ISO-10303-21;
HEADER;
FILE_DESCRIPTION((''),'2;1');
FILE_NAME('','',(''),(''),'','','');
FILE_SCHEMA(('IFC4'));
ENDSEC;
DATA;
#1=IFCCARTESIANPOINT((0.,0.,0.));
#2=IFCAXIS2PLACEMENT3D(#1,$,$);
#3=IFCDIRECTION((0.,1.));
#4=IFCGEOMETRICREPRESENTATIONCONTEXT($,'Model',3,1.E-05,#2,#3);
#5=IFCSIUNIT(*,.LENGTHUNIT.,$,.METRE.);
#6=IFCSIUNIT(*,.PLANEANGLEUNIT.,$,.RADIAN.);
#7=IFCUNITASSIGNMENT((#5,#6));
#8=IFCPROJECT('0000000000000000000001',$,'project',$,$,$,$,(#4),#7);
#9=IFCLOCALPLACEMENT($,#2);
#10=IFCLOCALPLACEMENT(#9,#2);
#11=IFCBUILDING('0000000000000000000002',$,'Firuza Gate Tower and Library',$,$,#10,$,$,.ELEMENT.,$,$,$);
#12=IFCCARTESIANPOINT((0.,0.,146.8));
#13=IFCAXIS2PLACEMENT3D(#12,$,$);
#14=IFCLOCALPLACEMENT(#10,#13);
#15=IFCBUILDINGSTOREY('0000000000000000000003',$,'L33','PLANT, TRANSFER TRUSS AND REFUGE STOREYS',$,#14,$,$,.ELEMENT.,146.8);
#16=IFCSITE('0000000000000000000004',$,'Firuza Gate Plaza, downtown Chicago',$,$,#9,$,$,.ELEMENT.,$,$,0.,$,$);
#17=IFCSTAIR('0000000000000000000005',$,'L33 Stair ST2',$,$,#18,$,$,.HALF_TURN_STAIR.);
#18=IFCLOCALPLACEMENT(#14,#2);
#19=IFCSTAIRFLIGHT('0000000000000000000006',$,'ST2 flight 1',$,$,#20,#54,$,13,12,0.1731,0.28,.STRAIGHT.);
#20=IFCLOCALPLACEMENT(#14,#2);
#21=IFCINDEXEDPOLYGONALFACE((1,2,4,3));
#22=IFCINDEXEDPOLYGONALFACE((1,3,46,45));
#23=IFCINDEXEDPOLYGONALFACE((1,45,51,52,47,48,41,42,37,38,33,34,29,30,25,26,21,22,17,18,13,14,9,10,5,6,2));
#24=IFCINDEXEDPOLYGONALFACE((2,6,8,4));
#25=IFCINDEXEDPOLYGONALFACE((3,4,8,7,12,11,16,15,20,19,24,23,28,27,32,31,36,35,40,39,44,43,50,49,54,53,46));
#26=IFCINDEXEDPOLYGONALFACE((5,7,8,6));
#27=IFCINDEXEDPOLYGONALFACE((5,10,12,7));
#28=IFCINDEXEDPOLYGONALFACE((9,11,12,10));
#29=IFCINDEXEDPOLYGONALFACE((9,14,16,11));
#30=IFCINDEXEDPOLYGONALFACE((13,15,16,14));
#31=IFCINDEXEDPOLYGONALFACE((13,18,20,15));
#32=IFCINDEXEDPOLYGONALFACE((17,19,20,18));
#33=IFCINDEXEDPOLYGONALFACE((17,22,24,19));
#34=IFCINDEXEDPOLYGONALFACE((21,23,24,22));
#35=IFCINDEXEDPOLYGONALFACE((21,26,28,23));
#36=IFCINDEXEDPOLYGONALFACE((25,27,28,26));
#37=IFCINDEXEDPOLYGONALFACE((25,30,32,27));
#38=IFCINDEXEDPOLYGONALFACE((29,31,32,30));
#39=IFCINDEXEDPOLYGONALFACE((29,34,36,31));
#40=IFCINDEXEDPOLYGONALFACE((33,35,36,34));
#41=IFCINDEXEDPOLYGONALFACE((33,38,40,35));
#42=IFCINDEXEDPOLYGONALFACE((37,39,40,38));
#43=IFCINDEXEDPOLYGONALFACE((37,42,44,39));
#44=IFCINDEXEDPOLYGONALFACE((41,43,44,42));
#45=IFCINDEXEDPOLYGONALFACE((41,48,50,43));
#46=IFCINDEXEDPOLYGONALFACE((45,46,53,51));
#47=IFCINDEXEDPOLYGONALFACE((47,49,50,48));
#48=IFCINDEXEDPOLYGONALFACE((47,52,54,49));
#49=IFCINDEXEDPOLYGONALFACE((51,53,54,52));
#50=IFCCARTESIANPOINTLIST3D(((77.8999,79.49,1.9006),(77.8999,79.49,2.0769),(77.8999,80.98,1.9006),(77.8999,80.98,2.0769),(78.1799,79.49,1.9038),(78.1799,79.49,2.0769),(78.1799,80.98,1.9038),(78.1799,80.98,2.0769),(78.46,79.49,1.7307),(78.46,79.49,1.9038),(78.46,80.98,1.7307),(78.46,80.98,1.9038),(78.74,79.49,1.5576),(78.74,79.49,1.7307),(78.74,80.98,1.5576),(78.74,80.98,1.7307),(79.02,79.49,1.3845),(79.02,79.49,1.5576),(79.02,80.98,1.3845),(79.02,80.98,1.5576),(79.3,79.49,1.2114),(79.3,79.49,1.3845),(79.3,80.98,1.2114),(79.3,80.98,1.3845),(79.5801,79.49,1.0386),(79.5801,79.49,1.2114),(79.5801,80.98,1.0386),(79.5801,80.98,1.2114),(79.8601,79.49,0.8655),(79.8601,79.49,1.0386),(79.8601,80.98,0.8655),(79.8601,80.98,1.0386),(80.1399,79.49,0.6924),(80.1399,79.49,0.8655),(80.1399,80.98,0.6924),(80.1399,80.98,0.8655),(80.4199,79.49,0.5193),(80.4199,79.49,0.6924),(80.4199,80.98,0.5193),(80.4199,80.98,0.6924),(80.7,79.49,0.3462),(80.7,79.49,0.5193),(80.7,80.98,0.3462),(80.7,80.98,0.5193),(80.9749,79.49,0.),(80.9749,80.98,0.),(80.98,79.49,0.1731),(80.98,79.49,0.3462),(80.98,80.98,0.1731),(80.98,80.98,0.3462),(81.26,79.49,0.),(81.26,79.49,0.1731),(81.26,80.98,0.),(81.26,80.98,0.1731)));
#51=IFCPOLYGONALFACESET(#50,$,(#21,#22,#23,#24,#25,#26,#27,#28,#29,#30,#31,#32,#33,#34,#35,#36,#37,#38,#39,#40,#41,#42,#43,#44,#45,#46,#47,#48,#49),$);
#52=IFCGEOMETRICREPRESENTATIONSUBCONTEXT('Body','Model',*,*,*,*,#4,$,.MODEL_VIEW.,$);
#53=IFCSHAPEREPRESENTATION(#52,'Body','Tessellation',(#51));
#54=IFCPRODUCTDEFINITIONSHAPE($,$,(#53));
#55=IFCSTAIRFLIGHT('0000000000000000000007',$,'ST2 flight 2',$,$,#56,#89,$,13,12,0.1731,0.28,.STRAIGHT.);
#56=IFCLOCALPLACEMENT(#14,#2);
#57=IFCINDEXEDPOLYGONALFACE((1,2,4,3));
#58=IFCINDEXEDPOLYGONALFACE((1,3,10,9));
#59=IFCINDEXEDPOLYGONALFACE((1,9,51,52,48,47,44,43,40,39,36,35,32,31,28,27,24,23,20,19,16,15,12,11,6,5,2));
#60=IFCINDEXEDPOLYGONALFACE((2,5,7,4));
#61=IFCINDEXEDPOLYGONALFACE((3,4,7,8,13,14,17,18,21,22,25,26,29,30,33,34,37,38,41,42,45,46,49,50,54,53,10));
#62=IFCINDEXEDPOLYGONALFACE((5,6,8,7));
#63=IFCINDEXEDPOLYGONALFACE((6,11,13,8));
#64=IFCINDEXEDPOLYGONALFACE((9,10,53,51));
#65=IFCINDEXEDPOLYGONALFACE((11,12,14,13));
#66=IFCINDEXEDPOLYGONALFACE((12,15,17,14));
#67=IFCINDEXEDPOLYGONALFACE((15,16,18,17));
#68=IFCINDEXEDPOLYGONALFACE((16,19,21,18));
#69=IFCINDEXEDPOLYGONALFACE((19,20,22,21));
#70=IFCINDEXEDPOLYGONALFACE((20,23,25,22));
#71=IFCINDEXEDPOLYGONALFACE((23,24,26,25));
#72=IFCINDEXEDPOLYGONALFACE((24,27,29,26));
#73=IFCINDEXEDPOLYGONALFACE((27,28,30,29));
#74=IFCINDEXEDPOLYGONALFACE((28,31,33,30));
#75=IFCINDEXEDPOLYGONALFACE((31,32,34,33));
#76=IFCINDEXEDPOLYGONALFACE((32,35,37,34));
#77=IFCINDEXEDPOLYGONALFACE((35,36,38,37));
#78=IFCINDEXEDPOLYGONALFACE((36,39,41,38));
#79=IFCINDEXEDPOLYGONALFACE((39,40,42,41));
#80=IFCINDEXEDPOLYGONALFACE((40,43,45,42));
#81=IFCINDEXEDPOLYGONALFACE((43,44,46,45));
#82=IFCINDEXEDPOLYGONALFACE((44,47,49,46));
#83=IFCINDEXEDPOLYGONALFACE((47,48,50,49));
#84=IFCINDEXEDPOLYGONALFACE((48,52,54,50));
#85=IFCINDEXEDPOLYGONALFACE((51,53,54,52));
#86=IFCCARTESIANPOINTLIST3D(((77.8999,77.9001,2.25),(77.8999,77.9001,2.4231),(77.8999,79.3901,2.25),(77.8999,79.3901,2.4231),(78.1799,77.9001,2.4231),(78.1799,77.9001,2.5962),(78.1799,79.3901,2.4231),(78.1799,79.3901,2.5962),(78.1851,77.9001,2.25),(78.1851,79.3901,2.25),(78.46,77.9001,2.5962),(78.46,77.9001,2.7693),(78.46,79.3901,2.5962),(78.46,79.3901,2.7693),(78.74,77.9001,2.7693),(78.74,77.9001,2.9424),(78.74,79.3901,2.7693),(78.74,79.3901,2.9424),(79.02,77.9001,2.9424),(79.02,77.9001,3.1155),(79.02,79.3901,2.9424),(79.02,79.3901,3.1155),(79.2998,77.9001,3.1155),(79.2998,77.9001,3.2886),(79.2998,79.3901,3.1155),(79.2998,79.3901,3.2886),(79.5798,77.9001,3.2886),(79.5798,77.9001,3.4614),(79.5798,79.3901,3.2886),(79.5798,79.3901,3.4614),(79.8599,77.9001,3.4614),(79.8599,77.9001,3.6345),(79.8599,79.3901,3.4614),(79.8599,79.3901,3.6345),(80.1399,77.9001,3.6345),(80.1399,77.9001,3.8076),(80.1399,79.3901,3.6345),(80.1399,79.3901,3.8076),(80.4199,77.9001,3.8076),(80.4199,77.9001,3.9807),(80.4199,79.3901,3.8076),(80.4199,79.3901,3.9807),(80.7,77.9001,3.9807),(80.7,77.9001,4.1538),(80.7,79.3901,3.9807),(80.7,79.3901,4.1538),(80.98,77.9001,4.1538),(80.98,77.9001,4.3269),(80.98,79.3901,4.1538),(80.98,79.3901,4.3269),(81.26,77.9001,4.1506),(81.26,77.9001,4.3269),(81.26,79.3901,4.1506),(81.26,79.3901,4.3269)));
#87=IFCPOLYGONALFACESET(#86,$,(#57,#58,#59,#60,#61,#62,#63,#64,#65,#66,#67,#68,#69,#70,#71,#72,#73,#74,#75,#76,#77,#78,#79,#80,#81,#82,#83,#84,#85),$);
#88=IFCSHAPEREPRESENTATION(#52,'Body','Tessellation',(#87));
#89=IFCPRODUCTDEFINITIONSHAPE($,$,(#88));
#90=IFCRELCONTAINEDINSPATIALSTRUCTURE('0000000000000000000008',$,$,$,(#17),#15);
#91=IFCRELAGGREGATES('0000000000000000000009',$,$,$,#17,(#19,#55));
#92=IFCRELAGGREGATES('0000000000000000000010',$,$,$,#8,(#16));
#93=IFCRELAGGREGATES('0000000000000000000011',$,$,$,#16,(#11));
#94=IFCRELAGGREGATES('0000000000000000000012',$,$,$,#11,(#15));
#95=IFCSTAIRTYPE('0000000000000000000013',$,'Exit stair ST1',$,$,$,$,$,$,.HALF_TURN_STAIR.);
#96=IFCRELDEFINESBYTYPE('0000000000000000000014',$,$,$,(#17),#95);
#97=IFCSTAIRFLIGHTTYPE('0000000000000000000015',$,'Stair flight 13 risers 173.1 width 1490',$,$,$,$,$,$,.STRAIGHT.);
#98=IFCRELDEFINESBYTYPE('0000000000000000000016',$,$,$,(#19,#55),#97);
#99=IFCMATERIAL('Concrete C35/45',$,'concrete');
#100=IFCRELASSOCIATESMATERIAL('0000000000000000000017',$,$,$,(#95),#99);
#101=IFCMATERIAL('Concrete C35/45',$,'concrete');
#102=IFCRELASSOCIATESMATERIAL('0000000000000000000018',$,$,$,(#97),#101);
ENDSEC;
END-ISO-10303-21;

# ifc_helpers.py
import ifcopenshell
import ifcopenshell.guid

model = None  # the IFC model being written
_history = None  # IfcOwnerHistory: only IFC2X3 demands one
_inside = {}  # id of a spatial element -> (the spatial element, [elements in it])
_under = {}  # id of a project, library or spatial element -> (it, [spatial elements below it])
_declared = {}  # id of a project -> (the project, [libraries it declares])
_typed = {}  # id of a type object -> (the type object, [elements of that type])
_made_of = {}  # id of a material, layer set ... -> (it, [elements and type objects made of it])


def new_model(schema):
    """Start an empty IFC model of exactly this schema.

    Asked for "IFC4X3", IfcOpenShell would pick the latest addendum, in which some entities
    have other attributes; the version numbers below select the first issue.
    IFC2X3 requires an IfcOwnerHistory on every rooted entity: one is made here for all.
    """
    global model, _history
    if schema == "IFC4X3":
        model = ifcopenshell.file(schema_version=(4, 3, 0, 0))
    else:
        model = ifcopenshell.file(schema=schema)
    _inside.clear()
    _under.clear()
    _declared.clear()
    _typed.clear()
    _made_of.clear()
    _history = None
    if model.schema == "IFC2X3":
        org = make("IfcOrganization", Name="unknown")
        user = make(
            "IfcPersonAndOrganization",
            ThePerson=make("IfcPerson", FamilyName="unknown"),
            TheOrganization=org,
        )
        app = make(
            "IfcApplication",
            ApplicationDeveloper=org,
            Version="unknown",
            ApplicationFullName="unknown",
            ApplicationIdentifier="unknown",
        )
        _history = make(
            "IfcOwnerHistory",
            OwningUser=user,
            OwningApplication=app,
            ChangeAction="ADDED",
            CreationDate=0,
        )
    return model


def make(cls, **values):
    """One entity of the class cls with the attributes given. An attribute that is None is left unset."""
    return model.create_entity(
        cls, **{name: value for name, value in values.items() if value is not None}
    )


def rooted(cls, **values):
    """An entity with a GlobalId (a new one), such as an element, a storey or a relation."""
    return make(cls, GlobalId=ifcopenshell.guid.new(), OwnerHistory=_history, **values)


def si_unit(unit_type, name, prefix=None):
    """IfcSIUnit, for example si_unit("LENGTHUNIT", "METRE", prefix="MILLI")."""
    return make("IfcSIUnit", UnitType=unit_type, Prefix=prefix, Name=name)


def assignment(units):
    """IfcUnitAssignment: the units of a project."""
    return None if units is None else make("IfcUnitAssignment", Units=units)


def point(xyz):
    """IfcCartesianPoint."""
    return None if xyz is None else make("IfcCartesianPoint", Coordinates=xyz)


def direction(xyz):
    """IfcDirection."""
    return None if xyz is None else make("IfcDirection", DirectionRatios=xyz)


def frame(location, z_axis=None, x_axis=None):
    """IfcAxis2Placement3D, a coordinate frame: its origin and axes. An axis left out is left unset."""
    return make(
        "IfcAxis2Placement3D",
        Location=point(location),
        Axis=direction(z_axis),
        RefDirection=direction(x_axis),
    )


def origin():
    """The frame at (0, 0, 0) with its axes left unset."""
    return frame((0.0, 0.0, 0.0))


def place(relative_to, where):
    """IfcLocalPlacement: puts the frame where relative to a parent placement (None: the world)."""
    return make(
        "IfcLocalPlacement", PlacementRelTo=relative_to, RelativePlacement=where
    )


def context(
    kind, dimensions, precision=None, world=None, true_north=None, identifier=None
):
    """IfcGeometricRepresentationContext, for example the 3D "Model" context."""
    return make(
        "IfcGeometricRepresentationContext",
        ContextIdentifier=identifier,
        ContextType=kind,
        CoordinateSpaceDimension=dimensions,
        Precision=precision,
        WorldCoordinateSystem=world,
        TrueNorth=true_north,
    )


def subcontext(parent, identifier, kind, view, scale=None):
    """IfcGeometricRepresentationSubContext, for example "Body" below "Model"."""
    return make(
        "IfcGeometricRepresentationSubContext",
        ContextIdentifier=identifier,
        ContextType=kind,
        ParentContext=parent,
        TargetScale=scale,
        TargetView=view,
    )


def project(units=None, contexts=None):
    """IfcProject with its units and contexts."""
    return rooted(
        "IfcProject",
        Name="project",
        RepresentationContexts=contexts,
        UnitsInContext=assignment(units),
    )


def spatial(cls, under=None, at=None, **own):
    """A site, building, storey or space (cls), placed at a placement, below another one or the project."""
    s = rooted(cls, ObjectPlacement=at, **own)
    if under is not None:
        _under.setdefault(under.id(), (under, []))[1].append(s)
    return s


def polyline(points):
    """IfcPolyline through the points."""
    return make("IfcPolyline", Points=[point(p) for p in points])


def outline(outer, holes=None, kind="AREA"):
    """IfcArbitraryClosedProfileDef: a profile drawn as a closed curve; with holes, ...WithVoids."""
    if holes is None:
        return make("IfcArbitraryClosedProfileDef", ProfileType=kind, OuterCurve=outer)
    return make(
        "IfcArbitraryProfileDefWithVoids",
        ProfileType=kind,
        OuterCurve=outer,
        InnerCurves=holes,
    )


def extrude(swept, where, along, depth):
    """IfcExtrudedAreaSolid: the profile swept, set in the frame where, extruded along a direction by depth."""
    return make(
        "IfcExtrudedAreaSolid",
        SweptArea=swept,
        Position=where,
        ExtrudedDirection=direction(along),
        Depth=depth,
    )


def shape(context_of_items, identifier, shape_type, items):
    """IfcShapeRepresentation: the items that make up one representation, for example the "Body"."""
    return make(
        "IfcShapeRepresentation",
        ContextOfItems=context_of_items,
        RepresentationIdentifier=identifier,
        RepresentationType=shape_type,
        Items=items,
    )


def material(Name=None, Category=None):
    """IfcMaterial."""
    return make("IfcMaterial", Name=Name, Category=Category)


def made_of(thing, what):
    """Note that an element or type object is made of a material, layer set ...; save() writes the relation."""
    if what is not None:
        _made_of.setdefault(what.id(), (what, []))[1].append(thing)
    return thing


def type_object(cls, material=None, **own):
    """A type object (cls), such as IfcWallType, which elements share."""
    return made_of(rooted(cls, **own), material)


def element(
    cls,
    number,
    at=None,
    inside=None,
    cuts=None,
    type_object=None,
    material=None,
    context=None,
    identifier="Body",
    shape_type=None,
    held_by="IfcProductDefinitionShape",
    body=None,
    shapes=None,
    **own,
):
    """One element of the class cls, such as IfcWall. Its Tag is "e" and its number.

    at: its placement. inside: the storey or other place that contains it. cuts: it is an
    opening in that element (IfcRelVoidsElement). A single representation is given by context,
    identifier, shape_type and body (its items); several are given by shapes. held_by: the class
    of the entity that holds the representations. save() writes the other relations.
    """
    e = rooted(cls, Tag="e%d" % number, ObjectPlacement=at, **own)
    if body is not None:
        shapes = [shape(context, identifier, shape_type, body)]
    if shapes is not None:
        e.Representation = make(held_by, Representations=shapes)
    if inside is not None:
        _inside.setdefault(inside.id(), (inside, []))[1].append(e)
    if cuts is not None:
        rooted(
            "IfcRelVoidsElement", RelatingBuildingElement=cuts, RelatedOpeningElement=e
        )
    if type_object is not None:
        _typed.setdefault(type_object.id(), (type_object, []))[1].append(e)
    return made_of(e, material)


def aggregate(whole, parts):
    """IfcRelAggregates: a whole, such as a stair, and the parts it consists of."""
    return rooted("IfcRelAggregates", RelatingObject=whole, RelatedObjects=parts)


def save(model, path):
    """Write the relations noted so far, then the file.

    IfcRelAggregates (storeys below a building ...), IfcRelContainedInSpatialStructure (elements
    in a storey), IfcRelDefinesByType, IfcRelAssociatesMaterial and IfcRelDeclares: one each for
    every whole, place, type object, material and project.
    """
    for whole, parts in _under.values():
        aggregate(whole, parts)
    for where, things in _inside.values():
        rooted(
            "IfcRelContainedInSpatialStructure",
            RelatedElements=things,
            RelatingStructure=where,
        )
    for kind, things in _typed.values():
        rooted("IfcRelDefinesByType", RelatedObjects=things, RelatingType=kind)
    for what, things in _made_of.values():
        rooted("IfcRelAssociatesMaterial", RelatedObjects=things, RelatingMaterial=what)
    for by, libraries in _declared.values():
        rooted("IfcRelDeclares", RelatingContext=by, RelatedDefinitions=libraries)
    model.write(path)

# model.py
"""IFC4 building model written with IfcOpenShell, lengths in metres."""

from ifc_helpers import new_model, si_unit, direction, frame, origin, place, context, subcontext, project, spatial, polyline, outline, extrude, material, type_object, element, aggregate, save


model = new_model("IFC4")

# Units and contexts
model_context = context("Model", 3, precision=1e-05, world=origin(), true_north=direction((0.0, 1.0)))
body_context = subcontext(model_context, "Body", "Model", "MODEL_VIEW")
ifc_project = project(units=[si_unit("LENGTHUNIT", "METRE"), si_unit("PLANEANGLEUNIT", "RADIAN")], contexts=[model_context])

# Site, building, storey
site_placement = place(None, origin())
site = spatial("IfcSite", under=ifc_project, at=site_placement, Name="Firuza Gate Plaza, downtown Chicago", CompositionType="ELEMENT", RefElevation=0.0)
building_placement = place(site_placement, origin())
building = spatial("IfcBuilding", under=site, at=building_placement, Name="Firuza Gate Tower and Library", CompositionType="ELEMENT")
storey_placement = place(building_placement, frame((0.0, 0.0, 146.8)))
storey = spatial("IfcBuildingStorey", under=building, at=storey_placement, Name="L33", Description="PLANT, TRANSFER TRUSS AND REFUGE STOREYS", CompositionType="ELEMENT", Elevation=146.8)

# Stair, stair flights
ifc_material_1 = material(Name="Concrete C35/45", Category="concrete")
stair_type = type_object("IfcStairType", Name="Exit stair ST1", PredefinedType="HALF_TURN_STAIR", material=ifc_material_1)
stair_placement = place(storey_placement, origin())
stair = element("IfcStair", 1, at=stair_placement, inside=storey, type_object=stair_type, Name="L33 Stair ST2", PredefinedType="HALF_TURN_STAIR")
ifc_material_2 = material(Name="Concrete C35/45", Category="concrete")
stair_flight_type = type_object("IfcStairFlightType", Name="Stair flight 13 risers 173.1 width 1490", PredefinedType="STRAIGHT", material=ifc_material_2)
stair_flight_1_placement = place(storey_placement, frame((81.26, 80.2351, 0.0), z_axis=(0.0, 0.0, 1.0), x_axis=(-1.0, 0.0, 0.0)))
stair_flight_1 = element("IfcStairFlight", 2, at=stair_flight_1_placement, type_object=stair_flight_type, Name="ST2 flight 1", NumberOfRisers=13, NumberOfTreads=12, PredefinedType="STRAIGHT", RiserHeight=0.1731, TreadLength=0.28, context=body_context, shape_type="SweptSolid", body=[
    extrude(outline(polyline([(0.0, 0.0), (0.0, 0.1731), (0.28, 0.1731), (0.28, 0.3462), (0.5601, 0.3462), (0.5601, 0.5193), (0.8401, 0.5193), (0.8401, 0.6924), (1.1201, 0.6924), (1.1201, 0.8655), (1.3999, 0.8655), (1.3999, 1.0386), (1.6799, 1.0386), (1.6799, 1.2114), (1.96, 1.2114), (1.96, 1.3845), (2.24, 1.3845), (2.24, 1.5576), (2.52, 1.5576), (2.52, 1.7307), (2.8, 1.7307), (2.8, 1.9038), (3.0801, 1.9038), (3.0801, 2.0769), (3.3601, 2.0769), (3.3601, 2.25), (3.3601, 1.9006), (0.2852, 0.0), (0.0, 0.0)])), frame((0.0, 0.7451, 0.0), z_axis=(0.0, -1.0, 0.0), x_axis=(1.0, 0.0, 0.0)), (0.0, 0.0, 1.0), 1.49),
])
stair_flight_2_placement = place(storey_placement, frame((77.8999, 78.645, 2.25), z_axis=(0.0, 0.0, 1.0), x_axis=(1.0, 0.0, 0.0)))
stair_flight_2 = element("IfcStairFlight", 3, at=stair_flight_2_placement, type_object=stair_flight_type, Name="ST2 flight 2", NumberOfRisers=13, NumberOfTreads=12, PredefinedType="STRAIGHT", RiserHeight=0.1731, TreadLength=0.28, context=body_context, shape_type="SweptSolid", body=[
    extrude(outline(polyline([(0.0, 0.0), (0.0, 0.1731), (0.28, 0.1731), (0.28, 0.3462), (0.5601, 0.3462), (0.5601, 0.5193), (0.8401, 0.5193), (0.8401, 0.6924), (1.1201, 0.6924), (1.1201, 0.8655), (1.3999, 0.8655), (1.3999, 1.0386), (1.6799, 1.0386), (1.6799, 1.2114), (1.96, 1.2114), (1.96, 1.3845), (2.24, 1.3845), (2.24, 1.5576), (2.52, 1.5576), (2.52, 1.7307), (2.8, 1.7307), (2.8, 1.9038), (3.0801, 1.9038), (3.0801, 2.0769), (3.3601, 2.0769), (3.3601, 2.25), (3.3601, 1.9006), (0.2852, 0.0), (0.0, 0.0)])), frame((0.0, 0.7451, 0.0), z_axis=(0.0, -1.0, 0.0), x_axis=(1.0, 0.0, 0.0)), (0.0, 0.0, 1.0), 1.49),
])
aggregate(stair, [stair_flight_1, stair_flight_2])

save(model, "model.ifc")
